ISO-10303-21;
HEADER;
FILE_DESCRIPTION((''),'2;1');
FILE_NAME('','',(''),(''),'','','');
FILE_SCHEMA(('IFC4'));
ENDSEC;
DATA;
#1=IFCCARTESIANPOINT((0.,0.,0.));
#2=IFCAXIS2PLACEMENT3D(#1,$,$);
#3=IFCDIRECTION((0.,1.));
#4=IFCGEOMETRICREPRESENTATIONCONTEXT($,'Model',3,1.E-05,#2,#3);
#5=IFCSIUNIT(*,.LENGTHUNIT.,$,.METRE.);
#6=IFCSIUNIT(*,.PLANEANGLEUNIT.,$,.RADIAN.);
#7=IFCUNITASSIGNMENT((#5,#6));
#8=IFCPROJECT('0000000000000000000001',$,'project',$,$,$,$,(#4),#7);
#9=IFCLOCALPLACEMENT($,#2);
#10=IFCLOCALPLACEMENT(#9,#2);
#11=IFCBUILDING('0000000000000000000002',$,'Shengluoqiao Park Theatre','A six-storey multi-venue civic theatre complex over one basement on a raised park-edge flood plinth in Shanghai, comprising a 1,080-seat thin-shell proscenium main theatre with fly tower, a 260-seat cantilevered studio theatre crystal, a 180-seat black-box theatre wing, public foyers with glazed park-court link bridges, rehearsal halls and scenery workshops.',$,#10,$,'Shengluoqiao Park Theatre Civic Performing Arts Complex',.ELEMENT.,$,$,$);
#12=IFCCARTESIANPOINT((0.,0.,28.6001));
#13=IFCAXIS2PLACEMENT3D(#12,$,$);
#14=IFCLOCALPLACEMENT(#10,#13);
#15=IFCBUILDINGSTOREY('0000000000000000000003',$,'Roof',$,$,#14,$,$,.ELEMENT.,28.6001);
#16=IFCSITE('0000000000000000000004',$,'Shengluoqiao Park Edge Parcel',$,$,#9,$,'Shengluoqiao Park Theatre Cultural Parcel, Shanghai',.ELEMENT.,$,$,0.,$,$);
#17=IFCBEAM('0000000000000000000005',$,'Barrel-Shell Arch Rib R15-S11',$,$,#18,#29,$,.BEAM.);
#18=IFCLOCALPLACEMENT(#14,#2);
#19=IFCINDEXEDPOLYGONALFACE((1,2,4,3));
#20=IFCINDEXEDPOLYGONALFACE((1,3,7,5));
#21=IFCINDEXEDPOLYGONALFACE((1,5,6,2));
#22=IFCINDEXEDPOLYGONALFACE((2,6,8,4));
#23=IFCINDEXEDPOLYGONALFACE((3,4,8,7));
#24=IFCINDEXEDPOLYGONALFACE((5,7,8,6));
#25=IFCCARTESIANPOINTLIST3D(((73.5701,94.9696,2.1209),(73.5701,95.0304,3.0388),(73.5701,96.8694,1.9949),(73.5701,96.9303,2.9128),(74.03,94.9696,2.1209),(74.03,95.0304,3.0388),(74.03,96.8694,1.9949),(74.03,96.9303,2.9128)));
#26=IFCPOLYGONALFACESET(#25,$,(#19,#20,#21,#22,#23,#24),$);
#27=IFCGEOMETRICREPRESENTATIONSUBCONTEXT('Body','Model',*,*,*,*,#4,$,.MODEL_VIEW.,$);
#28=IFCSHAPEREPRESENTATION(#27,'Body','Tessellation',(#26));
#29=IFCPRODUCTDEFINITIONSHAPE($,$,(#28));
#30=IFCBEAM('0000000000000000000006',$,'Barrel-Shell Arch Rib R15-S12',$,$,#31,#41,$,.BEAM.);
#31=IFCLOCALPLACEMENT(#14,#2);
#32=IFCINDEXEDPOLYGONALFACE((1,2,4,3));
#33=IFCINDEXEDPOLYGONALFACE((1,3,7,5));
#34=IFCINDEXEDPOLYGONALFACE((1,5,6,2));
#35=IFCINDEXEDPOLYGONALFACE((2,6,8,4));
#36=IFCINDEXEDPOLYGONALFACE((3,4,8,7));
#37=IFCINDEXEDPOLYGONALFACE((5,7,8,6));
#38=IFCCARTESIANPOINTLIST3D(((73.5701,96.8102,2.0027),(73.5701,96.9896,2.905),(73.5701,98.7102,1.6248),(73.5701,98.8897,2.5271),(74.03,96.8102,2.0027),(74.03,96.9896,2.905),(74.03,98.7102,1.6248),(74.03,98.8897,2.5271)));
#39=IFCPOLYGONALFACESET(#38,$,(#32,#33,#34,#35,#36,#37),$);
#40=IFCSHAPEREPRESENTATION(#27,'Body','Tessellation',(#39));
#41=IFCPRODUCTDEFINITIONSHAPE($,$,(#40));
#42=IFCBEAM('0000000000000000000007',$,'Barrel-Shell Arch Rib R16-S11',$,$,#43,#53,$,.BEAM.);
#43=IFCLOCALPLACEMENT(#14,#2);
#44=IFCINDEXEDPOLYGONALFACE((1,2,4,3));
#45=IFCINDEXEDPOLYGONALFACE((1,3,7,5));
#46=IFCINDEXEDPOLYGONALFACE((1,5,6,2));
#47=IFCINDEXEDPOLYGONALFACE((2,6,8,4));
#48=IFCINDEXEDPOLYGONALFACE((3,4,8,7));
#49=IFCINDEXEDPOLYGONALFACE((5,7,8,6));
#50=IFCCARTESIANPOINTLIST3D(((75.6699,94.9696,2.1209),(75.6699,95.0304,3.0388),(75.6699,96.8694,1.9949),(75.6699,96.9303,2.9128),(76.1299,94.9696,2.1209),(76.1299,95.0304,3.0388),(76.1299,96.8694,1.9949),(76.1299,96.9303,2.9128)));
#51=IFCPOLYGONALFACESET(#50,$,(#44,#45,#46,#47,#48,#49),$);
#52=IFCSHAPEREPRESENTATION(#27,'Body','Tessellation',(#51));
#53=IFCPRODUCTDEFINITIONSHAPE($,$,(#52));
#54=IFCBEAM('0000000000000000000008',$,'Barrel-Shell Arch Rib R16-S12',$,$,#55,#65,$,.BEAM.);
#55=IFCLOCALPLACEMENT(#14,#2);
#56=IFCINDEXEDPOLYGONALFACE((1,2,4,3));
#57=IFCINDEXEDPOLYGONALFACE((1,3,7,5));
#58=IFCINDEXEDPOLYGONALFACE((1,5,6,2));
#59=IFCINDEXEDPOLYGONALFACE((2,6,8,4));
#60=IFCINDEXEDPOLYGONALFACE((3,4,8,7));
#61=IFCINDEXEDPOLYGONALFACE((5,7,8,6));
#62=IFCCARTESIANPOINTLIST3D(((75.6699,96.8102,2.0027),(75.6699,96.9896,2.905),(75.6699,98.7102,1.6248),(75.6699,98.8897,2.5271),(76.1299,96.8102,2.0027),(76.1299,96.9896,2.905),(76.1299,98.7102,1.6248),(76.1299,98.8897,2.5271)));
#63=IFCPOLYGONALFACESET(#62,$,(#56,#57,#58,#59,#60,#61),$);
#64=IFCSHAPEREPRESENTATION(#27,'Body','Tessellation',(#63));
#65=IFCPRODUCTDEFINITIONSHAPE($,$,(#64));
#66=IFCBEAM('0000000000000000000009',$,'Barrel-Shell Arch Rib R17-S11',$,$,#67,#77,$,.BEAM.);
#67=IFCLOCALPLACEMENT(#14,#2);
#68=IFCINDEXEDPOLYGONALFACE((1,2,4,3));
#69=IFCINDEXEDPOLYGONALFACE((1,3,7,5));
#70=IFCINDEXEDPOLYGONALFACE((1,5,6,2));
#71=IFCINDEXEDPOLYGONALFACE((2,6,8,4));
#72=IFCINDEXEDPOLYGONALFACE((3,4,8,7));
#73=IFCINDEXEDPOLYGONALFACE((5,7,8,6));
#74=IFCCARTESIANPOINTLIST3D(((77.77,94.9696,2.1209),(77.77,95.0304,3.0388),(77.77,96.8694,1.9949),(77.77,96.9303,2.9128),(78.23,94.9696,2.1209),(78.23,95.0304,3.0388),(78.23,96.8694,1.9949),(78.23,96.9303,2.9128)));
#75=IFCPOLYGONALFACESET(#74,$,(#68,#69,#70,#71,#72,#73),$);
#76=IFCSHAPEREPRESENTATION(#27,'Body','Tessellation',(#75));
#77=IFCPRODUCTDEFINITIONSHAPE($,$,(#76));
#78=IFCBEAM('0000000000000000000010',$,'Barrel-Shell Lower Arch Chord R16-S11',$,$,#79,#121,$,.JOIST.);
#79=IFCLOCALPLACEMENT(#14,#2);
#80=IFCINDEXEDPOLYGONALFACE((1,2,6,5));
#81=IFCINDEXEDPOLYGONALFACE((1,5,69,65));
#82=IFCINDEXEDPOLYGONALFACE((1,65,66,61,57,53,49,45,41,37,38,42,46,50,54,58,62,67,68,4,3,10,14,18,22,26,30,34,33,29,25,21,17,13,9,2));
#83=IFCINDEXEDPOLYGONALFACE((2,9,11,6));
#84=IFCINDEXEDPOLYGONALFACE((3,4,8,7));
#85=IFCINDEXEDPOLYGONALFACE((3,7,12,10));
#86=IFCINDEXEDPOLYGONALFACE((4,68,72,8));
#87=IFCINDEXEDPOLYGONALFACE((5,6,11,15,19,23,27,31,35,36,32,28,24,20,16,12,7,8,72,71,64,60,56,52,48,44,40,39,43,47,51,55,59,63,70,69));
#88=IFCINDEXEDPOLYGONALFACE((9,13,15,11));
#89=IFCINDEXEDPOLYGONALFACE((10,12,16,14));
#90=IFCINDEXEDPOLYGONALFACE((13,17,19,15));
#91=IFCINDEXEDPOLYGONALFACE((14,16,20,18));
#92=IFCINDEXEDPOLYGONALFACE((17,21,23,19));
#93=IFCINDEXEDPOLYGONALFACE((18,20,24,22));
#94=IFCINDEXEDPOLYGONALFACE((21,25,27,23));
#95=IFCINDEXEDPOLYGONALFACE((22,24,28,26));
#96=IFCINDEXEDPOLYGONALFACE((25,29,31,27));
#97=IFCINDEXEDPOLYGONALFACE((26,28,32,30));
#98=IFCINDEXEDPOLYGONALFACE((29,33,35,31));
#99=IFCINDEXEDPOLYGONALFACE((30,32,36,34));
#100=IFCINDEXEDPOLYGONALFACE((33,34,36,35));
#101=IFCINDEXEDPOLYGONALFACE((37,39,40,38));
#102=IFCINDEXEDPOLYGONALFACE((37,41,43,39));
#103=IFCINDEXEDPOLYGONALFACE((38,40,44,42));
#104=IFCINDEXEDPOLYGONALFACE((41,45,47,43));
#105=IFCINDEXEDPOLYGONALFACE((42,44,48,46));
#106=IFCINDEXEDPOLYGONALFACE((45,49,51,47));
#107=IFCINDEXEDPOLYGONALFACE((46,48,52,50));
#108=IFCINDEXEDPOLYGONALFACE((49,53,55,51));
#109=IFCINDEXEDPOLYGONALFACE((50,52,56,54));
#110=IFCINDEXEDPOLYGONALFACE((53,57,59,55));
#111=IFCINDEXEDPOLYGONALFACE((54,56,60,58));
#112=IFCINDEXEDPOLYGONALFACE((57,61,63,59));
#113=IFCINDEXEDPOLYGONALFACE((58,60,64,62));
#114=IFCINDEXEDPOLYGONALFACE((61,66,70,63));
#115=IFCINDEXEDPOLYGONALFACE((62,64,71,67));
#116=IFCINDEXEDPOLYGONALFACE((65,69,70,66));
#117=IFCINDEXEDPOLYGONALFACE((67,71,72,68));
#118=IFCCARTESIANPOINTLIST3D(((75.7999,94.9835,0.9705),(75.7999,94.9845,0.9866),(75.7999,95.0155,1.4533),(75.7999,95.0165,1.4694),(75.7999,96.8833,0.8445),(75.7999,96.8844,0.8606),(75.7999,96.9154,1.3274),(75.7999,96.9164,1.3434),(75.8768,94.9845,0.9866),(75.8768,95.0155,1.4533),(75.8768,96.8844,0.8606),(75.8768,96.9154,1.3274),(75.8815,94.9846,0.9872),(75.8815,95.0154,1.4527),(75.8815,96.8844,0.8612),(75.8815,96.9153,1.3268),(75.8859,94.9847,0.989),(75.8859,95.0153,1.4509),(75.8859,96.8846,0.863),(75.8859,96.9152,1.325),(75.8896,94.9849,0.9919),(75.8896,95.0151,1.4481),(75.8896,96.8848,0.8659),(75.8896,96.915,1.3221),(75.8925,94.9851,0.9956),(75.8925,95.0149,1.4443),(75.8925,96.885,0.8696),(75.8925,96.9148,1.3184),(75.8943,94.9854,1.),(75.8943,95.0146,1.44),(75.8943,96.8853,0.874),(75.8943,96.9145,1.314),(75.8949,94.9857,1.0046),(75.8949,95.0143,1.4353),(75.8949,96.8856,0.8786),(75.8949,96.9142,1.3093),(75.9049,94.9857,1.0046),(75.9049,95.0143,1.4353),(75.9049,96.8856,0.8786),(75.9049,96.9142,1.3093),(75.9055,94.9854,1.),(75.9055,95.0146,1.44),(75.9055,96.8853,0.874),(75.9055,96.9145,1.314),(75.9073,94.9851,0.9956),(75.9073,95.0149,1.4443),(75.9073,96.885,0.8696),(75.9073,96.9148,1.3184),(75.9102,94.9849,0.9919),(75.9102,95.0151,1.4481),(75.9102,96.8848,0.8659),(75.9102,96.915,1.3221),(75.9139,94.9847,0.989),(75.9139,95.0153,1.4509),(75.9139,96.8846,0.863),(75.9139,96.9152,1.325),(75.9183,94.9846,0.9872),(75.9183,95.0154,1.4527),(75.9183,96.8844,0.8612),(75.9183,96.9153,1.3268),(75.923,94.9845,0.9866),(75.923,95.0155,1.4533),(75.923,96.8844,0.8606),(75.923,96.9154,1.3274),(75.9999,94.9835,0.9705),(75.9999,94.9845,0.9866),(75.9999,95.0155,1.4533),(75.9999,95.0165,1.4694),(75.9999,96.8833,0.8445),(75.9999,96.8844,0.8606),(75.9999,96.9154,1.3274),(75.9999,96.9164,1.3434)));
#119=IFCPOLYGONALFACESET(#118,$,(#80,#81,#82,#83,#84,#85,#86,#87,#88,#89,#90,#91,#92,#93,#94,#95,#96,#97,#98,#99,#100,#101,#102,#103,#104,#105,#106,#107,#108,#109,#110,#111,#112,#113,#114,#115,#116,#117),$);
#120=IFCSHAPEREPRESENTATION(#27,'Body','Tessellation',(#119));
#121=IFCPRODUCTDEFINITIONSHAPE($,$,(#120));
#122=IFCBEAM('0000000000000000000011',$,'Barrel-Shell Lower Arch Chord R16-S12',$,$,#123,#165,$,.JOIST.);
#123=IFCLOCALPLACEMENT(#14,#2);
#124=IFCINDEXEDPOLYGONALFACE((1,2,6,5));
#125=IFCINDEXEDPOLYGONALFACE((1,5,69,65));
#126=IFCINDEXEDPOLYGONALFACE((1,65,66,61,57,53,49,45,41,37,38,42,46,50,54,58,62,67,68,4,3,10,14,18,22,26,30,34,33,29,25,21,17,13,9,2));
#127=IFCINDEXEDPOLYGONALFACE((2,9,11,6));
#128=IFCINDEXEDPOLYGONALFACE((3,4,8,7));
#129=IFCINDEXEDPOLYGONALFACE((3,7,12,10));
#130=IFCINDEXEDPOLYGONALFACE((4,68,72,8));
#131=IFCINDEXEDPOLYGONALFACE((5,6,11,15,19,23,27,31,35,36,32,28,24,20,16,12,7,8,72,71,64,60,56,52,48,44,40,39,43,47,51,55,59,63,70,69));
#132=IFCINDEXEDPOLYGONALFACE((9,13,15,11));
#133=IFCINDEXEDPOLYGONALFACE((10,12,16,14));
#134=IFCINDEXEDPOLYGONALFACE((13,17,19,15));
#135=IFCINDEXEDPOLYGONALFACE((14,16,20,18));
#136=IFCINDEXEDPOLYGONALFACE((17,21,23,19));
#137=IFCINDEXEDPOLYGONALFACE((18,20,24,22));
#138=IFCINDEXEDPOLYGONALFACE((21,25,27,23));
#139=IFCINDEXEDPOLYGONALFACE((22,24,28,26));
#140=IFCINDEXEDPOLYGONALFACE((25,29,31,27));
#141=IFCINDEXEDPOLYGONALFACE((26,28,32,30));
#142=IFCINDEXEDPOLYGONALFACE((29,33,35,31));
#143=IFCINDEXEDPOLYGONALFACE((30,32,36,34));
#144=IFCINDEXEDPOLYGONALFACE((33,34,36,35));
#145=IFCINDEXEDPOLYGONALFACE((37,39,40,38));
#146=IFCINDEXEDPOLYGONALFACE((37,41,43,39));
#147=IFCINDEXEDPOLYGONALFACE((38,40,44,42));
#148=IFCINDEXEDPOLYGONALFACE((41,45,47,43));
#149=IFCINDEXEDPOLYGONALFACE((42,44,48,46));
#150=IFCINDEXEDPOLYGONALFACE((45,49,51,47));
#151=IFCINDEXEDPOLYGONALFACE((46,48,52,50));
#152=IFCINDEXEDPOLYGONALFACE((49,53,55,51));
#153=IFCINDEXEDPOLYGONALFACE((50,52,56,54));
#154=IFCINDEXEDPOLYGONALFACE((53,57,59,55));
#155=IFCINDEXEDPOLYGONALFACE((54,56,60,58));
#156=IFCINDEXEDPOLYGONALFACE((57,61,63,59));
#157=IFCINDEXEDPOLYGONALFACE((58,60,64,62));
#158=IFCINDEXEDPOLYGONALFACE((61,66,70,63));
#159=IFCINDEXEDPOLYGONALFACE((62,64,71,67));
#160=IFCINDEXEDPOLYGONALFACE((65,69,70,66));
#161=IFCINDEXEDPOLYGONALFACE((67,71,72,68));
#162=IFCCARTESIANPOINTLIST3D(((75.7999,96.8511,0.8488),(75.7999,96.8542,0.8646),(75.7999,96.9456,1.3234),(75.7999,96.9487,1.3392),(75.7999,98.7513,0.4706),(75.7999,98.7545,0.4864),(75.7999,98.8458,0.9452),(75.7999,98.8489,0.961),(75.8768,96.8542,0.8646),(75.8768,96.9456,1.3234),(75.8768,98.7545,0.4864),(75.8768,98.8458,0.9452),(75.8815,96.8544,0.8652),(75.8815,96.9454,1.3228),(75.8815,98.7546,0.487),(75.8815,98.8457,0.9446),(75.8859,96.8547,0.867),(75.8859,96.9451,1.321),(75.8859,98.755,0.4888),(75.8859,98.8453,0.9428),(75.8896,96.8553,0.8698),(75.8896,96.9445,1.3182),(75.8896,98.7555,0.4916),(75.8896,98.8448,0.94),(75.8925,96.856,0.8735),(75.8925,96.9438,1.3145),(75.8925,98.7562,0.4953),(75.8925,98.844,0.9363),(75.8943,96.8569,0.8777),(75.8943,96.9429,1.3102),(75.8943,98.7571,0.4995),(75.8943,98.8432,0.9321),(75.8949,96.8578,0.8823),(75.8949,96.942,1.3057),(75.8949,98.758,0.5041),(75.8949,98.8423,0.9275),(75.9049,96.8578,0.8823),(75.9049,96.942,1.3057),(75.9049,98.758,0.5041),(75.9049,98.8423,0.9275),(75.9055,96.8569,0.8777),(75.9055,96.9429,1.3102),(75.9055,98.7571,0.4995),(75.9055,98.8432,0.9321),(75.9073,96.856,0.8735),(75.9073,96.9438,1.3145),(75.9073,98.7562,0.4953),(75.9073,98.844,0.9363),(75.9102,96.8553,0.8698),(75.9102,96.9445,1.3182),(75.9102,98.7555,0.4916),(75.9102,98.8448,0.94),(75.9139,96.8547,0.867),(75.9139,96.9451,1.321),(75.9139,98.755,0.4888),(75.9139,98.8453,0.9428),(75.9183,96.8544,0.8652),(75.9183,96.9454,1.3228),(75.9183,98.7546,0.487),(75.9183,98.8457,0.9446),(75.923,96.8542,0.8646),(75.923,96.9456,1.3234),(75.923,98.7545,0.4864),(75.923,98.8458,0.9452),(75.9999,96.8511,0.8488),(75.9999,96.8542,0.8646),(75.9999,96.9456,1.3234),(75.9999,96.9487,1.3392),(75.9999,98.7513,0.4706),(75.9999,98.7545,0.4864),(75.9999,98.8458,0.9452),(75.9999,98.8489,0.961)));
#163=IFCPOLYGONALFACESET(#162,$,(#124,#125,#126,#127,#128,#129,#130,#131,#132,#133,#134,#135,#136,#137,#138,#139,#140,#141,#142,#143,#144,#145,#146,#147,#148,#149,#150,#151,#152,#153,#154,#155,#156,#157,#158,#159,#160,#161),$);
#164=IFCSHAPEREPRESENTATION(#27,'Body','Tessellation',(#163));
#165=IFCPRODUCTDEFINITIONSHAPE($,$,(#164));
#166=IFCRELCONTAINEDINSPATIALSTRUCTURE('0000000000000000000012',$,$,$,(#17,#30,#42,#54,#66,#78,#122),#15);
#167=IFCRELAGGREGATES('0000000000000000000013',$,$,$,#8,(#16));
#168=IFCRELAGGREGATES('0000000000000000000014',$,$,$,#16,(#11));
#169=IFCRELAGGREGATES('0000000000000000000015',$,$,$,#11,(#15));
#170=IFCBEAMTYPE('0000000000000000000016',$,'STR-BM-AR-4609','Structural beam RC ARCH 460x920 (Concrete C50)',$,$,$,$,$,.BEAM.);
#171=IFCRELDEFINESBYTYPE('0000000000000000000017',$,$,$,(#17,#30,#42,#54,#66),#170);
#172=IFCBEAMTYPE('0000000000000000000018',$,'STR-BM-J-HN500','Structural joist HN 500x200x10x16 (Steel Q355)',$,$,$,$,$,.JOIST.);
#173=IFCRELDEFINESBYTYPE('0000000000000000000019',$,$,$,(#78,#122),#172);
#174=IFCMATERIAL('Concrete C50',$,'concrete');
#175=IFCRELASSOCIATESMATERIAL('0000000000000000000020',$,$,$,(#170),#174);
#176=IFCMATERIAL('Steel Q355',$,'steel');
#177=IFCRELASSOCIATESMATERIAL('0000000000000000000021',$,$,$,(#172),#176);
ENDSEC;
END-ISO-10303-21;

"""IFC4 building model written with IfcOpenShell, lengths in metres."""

from ifc_helpers import new_model, si_unit, direction, frame, origin, origin_2d, place, context, subcontext, project, spatial, rectangle, i_section, extrude, material, material_profile, profile_set, type_object, element, save


model = new_model("IFC4")

# Units and contexts
model_context = context("Model", 3, precision=1e-05, world=origin(), true_north=direction((0.0, 1.0)))
body_context = subcontext(model_context, "Body", "Model", "MODEL_VIEW")
ifc_project = project(units=[si_unit("LENGTHUNIT", "METRE"), si_unit("PLANEANGLEUNIT", "RADIAN")], contexts=[model_context])

# Site, building, storey
site_placement = place(None, origin())
site = spatial("IfcSite", under=ifc_project, at=site_placement, Name="Shengluoqiao Park Edge Parcel", LongName="Shengluoqiao Park Theatre Cultural Parcel, Shanghai", CompositionType="ELEMENT", RefElevation=0.0)
building_placement = place(site_placement, origin())
building = spatial("IfcBuilding", under=site, at=building_placement, Name="Shengluoqiao Park Theatre", Description="A six-storey multi-venue civic theatre complex over one basement on a raised park-edge flood plinth in Shanghai, comprising a 1,080-seat thin-shell proscenium main theatre with fly tower, a 260-seat cantilevered studio theatre crystal, a 180-seat black-box theatre wing, public foyers with glazed park-court link bridges, rehearsal halls and scenery workshops.", LongName="Shengluoqiao Park Theatre Civic Performing Arts Complex", CompositionType="ELEMENT")
storey_placement = place(building_placement, frame((0.0, 0.0, 28.6001)))
storey = spatial("IfcBuildingStorey", under=building, at=storey_placement, Name="Roof", CompositionType="ELEMENT", Elevation=28.6001)

# Beams
ifc_material_1 = material(Name="Concrete C50", Category="concrete")
ifc_material_profile_1 = material_profile(ifc_material_1, rectangle(XDim=0.46, YDim=0.9199, at=origin_2d()), Name="RC ARCH 460x920")
ifc_profile_set_1 = profile_set([ifc_material_profile_1], Name="Concrete C50")
beam_type_1 = type_object("IfcBeamType", Name="STR-BM-AR-4609", Description="Structural beam RC ARCH 460x920 (Concrete C50)", PredefinedType="BEAM", material=ifc_profile_set_1)
beam_1_placement = place(storey_placement, frame((73.8, 95.0, 2.5798), z_axis=(0.0, 0.997809, -0.066162), x_axis=(-1.0, 0.0, 0.0)))
element("IfcBeam", 1, at=beam_1_placement, inside=storey, type_object=beam_type_1, Name="Barrel-Shell Arch Rib R15-S11", PredefinedType="BEAM", context=body_context, shape_type="SweptSolid", body=[
    extrude(rectangle(XDim=0.46, YDim=0.9199, at=origin_2d()), origin(), (0.0, 0.0, 1.0), 1.9041),
])
beam_2_placement = place(storey_placement, frame((73.8, 96.8999, 2.4539), z_axis=(0.0, 0.980789, -0.195074), x_axis=(-1.0, 0.0, 0.0)))
element("IfcBeam", 2, at=beam_2_placement, inside=storey, type_object=beam_type_1, Name="Barrel-Shell Arch Rib R15-S12", PredefinedType="BEAM", context=body_context, shape_type="SweptSolid", body=[
    extrude(rectangle(XDim=0.46, YDim=0.9199, at=origin_2d()), origin(), (0.0, 0.0, 1.0), 1.9373),
])
beam_3_placement = place(storey_placement, frame((75.8999, 95.0, 2.5798), z_axis=(0.0, 0.997809, -0.066162), x_axis=(-1.0, 0.0, 0.0)))
element("IfcBeam", 3, at=beam_3_placement, inside=storey, type_object=beam_type_1, Name="Barrel-Shell Arch Rib R16-S11", PredefinedType="BEAM", context=body_context, shape_type="SweptSolid", body=[
    extrude(rectangle(XDim=0.46, YDim=0.9199, at=origin_2d()), origin(), (0.0, 0.0, 1.0), 1.9041),
])
beam_4_placement = place(storey_placement, frame((75.8999, 96.8999, 2.4539), z_axis=(0.0, 0.980789, -0.195074), x_axis=(-1.0, 0.0, 0.0)))
element("IfcBeam", 4, at=beam_4_placement, inside=storey, type_object=beam_type_1, Name="Barrel-Shell Arch Rib R16-S12", PredefinedType="BEAM", context=body_context, shape_type="SweptSolid", body=[
    extrude(rectangle(XDim=0.46, YDim=0.9199, at=origin_2d()), origin(), (0.0, 0.0, 1.0), 1.9373),
])
beam_5_placement = place(storey_placement, frame((78.0, 95.0, 2.5798), z_axis=(0.0, 0.997809, -0.066162), x_axis=(-1.0, 0.0, 0.0)))
element("IfcBeam", 5, at=beam_5_placement, inside=storey, type_object=beam_type_1, Name="Barrel-Shell Arch Rib R17-S11", PredefinedType="BEAM", context=body_context, shape_type="SweptSolid", body=[
    extrude(rectangle(XDim=0.46, YDim=0.9199, at=origin_2d()), origin(), (0.0, 0.0, 1.0), 1.9041),
])
ifc_material_2 = material(Name="Steel Q355", Category="steel")
ifc_material_profile_2 = material_profile(ifc_material_2, i_section(OverallWidth=0.2, OverallDepth=0.5, WebThickness=0.01, FlangeThickness=0.0161, FilletRadius=0.0181, at=origin_2d()), Name="HN 500x200x10x16")
ifc_profile_set_2 = profile_set([ifc_material_profile_2], Name="Steel Q355")
beam_type_2 = type_object("IfcBeamType", Name="STR-BM-J-HN500", Description="Structural joist HN 500x200x10x16 (Steel Q355)", PredefinedType="JOIST", material=ifc_profile_set_2)
beam_6_placement = place(storey_placement, frame((75.8999, 95.0, 1.22), z_axis=(0.0, 0.997809, -0.066162), x_axis=(-1.0, 0.0, 0.0)))
element("IfcBeam", 6, at=beam_6_placement, inside=storey, type_object=beam_type_2, Name="Barrel-Shell Lower Arch Chord R16-S11", PredefinedType="JOIST", context=body_context, shape_type="SweptSolid", body=[
    extrude(i_section(OverallWidth=0.2, OverallDepth=0.5, WebThickness=0.01, FlangeThickness=0.0161, FilletRadius=0.0181, at=origin_2d()), origin(), (0.0, 0.0, 1.0), 1.9041),
])
beam_7_placement = place(storey_placement, frame((75.8999, 96.8999, 1.094), z_axis=(0.0, 0.980764, -0.195195), x_axis=(-1.0, 0.0, 0.0)))
element("IfcBeam", 7, at=beam_7_placement, inside=storey, type_object=beam_type_2, Name="Barrel-Shell Lower Arch Chord R16-S12", PredefinedType="JOIST", context=body_context, shape_type="SweptSolid", body=[
    extrude(i_section(OverallWidth=0.2, OverallDepth=0.5, WebThickness=0.01, FlangeThickness=0.0161, FilletRadius=0.0181, at=origin_2d()), origin(), (0.0, 0.0, 1.0), 1.9375),
])

save(model, "model.ifc")
